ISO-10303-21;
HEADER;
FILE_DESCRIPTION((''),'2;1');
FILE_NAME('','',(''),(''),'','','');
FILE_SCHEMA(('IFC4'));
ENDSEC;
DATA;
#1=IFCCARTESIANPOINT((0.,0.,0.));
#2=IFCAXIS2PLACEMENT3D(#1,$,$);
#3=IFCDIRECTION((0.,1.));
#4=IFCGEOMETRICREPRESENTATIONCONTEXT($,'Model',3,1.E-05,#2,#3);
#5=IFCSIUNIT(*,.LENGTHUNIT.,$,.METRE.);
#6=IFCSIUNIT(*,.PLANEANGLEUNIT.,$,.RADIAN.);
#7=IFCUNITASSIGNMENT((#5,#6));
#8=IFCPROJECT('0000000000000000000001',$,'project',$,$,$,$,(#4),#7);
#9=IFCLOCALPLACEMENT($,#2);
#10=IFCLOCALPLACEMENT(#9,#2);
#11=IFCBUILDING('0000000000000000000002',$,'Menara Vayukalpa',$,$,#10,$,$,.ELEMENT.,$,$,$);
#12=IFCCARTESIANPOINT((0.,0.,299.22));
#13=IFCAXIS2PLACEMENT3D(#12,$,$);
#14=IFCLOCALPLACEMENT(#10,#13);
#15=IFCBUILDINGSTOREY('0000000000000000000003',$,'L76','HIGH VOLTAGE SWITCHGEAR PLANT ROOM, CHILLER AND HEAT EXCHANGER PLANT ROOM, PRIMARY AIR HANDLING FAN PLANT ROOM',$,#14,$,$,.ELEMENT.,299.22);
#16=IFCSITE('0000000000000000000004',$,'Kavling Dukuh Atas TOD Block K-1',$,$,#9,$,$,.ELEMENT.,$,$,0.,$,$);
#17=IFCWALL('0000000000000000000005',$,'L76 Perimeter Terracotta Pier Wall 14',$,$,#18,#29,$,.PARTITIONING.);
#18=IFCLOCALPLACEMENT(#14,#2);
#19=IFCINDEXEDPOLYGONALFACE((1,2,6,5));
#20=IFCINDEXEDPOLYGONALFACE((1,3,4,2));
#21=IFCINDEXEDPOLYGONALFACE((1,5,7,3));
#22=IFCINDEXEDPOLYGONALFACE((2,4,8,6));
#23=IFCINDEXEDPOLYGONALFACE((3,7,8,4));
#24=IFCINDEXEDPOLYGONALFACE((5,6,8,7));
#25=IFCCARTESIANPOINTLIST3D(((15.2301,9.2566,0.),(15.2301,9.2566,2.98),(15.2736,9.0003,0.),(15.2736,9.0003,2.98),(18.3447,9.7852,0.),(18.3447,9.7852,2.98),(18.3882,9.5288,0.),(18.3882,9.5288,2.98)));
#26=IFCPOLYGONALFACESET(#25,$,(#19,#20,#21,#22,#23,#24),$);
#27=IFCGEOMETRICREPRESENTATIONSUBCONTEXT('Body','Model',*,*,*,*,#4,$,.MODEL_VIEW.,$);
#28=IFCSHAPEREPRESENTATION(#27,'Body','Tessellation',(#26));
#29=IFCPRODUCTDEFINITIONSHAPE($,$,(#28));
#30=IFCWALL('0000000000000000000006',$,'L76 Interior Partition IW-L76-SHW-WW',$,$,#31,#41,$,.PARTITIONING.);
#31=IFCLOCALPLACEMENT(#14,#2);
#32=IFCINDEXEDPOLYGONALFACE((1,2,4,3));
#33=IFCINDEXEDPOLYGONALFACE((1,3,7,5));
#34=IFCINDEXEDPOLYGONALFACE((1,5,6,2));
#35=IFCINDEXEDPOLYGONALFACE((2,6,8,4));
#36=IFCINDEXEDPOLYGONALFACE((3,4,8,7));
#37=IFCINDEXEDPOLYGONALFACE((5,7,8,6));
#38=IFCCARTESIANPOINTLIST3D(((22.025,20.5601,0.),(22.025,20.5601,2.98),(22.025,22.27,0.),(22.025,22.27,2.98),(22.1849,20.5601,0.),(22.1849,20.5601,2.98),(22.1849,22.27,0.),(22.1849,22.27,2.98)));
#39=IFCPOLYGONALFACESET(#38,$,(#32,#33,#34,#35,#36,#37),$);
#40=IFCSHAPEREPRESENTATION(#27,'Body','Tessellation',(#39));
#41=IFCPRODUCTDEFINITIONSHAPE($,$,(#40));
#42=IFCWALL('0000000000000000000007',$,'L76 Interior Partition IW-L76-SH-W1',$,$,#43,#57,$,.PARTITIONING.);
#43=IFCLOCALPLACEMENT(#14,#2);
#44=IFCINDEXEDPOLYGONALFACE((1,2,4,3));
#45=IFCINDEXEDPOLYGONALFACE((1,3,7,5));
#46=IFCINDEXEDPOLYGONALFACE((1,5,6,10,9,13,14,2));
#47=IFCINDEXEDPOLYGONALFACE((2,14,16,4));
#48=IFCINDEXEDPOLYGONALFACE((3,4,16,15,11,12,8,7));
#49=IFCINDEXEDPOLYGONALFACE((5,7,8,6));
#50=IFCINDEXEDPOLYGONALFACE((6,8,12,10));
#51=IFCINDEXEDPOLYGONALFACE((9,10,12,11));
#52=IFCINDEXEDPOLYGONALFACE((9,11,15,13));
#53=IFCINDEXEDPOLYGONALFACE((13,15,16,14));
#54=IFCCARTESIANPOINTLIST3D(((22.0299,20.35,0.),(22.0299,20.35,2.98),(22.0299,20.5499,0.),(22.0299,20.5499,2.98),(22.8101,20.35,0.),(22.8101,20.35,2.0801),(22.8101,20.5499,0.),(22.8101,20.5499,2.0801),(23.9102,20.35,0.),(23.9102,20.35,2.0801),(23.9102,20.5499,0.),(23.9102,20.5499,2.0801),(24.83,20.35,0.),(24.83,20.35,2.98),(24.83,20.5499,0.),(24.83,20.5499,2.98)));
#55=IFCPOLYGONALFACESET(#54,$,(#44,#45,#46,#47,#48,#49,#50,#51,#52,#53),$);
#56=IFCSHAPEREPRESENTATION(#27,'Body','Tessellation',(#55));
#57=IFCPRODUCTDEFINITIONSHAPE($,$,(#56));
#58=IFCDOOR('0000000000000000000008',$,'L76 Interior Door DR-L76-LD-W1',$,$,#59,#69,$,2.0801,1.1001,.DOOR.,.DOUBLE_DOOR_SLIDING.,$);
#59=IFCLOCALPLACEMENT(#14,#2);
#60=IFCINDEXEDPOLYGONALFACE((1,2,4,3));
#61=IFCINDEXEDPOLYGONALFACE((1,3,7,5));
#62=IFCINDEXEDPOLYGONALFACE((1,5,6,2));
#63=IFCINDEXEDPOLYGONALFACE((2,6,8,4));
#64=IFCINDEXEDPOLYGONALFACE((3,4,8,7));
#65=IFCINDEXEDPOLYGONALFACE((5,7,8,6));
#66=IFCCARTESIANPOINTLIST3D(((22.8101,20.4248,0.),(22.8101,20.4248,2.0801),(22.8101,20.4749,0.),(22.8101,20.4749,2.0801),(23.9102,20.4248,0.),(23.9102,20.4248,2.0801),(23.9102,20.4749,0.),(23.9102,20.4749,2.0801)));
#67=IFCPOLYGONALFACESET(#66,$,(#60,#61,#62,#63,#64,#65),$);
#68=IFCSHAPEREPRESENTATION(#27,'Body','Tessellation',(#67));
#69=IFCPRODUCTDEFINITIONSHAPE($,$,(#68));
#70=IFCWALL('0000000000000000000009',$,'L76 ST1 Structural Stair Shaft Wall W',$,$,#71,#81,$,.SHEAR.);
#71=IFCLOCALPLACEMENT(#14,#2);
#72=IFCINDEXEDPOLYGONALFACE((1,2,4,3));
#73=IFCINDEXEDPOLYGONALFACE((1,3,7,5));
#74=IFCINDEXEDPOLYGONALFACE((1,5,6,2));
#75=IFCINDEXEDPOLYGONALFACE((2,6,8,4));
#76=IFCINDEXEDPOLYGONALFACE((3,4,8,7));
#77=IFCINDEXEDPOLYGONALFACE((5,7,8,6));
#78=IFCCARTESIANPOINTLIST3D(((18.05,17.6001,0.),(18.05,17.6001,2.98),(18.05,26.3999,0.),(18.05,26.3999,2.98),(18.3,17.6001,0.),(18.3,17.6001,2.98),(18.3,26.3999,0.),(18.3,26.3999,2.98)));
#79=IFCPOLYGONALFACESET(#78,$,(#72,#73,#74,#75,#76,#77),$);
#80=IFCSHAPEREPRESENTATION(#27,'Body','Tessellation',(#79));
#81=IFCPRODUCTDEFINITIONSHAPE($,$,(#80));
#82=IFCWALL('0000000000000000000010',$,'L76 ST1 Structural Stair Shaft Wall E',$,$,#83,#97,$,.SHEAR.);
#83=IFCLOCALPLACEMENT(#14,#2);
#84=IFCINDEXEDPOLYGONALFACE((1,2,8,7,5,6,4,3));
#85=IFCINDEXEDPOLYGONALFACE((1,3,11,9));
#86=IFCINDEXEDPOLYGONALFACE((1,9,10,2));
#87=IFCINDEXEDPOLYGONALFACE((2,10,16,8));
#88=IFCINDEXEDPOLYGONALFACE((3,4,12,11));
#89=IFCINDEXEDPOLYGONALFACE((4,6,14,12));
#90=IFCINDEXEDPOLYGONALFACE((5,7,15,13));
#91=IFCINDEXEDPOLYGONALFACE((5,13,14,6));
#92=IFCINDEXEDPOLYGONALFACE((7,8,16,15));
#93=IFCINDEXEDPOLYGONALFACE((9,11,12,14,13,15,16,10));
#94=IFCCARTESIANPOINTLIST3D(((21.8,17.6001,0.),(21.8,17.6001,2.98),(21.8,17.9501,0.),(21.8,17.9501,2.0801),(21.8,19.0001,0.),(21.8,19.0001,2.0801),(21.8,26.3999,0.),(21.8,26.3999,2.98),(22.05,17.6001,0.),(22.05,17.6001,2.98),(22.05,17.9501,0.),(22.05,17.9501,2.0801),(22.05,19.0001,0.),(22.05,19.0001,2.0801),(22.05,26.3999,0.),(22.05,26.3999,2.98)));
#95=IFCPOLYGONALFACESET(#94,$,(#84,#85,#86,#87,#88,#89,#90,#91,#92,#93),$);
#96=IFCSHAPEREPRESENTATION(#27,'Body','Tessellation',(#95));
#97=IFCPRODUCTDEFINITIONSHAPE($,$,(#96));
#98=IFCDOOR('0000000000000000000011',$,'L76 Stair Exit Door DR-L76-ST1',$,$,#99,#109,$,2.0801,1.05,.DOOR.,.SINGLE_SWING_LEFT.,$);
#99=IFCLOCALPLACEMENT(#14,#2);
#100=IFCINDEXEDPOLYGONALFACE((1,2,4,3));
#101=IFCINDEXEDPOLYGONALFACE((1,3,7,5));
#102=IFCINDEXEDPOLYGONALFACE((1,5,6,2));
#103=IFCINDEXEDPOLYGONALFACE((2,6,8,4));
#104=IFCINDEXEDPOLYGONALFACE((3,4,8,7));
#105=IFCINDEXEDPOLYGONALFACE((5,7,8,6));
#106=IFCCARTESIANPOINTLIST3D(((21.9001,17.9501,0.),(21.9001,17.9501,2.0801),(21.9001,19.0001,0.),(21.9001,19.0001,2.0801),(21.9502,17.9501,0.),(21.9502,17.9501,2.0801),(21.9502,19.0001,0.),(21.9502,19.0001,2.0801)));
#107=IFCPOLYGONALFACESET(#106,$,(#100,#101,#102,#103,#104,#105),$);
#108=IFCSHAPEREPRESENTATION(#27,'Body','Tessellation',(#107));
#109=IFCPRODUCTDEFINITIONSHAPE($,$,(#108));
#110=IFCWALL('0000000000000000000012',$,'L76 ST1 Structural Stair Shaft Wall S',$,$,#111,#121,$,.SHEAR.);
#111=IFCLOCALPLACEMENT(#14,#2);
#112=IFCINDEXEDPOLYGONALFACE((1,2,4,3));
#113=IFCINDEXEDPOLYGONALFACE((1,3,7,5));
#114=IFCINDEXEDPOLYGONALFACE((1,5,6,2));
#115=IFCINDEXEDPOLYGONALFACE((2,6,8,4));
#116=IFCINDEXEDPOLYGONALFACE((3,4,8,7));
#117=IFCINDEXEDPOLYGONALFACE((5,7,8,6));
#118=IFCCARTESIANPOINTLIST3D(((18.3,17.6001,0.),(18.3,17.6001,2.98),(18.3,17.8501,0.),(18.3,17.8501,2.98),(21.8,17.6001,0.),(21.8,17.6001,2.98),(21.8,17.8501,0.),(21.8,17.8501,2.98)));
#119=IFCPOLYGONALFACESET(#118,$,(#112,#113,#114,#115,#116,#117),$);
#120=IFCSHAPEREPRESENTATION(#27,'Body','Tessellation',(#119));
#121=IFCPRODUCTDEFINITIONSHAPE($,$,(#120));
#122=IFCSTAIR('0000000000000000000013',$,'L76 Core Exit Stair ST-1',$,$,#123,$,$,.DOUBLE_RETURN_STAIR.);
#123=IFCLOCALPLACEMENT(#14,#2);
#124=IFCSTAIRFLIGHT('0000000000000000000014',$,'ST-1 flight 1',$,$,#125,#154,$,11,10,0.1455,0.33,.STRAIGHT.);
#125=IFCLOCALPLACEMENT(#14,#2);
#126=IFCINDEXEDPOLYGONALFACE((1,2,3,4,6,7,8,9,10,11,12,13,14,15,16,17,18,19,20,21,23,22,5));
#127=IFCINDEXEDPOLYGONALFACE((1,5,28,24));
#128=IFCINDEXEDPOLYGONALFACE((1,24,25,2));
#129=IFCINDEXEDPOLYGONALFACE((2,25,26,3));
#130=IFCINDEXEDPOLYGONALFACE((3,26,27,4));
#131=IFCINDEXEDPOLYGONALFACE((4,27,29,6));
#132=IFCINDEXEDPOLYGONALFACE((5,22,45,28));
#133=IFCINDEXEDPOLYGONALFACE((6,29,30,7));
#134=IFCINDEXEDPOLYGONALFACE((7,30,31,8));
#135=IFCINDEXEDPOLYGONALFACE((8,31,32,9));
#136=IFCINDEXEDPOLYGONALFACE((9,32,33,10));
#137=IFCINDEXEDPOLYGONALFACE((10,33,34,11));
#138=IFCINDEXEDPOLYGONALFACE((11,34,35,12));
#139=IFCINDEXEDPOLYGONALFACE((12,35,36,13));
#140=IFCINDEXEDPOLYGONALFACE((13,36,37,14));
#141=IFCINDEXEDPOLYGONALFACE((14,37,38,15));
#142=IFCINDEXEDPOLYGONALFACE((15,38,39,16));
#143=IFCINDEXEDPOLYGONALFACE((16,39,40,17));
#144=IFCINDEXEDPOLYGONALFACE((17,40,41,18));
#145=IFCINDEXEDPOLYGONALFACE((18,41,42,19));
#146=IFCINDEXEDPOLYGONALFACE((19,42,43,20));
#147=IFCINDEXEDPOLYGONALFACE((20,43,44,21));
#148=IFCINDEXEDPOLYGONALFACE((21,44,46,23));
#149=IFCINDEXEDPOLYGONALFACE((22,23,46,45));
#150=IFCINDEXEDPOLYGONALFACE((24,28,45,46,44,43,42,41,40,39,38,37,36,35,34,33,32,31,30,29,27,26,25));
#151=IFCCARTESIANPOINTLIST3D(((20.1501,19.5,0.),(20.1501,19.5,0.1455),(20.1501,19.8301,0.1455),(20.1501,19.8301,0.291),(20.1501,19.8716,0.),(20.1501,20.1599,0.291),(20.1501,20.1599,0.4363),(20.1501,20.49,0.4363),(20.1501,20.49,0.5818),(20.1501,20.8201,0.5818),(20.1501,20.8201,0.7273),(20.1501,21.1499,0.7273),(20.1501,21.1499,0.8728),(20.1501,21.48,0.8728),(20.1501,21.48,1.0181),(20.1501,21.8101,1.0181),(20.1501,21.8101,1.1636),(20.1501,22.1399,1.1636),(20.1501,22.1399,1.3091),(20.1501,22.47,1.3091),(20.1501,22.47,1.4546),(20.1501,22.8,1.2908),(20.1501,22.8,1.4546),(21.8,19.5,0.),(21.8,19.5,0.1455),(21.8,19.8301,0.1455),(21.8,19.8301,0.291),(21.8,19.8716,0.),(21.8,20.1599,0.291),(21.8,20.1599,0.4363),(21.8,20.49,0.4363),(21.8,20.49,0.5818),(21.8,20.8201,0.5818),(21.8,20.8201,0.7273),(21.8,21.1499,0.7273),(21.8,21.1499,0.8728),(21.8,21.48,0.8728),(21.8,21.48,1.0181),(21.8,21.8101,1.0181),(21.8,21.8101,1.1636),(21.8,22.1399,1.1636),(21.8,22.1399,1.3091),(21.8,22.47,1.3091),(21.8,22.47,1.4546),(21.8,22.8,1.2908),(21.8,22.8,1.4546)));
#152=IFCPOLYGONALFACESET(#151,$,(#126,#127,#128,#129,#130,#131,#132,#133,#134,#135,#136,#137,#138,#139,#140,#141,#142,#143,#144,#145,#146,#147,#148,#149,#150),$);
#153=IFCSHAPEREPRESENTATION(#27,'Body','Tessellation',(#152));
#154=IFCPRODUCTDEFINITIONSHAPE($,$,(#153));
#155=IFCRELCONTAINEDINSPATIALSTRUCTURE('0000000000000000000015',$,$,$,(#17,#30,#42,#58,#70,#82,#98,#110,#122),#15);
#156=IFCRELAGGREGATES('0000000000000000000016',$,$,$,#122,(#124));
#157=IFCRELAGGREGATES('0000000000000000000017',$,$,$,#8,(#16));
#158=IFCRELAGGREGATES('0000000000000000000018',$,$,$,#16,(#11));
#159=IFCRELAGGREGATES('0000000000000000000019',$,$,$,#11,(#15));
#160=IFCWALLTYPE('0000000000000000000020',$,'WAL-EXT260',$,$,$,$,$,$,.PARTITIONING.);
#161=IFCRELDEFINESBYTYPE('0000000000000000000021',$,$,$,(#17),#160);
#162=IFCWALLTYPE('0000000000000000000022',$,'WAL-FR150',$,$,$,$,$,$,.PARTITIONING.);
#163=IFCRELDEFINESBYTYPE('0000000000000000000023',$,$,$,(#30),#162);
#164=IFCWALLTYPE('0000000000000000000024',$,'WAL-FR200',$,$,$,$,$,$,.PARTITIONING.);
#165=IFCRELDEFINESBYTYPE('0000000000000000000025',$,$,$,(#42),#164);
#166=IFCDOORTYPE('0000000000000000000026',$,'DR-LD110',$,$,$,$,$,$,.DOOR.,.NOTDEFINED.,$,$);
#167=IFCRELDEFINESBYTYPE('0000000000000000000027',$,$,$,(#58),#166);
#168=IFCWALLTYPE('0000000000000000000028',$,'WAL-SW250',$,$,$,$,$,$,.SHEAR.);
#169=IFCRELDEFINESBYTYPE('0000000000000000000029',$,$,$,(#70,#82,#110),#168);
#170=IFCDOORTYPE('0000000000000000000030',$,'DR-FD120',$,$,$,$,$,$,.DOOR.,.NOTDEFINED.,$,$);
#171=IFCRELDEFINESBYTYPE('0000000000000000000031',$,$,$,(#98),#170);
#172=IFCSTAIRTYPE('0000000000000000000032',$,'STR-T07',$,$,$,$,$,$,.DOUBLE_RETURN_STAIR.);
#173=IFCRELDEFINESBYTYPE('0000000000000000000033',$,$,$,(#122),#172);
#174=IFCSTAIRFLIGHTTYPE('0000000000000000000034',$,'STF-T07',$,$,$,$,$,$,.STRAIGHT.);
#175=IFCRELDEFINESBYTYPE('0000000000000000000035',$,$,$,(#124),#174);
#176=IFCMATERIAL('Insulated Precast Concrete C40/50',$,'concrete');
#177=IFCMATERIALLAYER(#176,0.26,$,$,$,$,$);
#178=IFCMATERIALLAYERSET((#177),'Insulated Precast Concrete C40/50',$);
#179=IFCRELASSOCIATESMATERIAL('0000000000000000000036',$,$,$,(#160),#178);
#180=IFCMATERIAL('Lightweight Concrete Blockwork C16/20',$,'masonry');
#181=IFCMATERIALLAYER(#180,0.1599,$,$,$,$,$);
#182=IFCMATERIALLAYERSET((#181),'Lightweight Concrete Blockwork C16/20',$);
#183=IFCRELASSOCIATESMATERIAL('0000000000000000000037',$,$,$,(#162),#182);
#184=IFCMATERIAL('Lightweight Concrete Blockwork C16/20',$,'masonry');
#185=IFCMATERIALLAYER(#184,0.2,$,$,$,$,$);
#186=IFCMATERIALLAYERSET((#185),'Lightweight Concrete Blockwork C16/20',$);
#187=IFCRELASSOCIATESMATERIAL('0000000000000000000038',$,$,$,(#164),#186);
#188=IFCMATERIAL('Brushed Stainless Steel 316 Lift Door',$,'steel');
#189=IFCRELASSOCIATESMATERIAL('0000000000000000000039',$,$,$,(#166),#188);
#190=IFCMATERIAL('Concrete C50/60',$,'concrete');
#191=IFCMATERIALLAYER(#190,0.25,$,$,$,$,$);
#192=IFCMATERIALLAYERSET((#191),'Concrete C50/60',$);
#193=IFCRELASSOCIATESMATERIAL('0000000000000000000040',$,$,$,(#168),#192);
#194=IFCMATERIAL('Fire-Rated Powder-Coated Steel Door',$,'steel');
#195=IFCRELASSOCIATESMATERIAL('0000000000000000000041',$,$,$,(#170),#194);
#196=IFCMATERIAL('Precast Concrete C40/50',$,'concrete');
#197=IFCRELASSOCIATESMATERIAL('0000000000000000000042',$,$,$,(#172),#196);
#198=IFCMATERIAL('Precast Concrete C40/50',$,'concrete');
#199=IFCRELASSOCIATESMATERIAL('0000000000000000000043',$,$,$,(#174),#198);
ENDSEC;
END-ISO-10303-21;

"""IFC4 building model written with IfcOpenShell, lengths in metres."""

from ifc_helpers import new_model, si_unit, direction, frame, frame_2d, origin, place, context, subcontext, project, spatial, polyline, rectangle, outline, extrude, material, layer, layer_set, type_object, element, fill, aggregate, save


model = new_model("IFC4")

# Units and contexts
model_context = context("Model", 3, precision=1e-05, world=origin(), true_north=direction((0.0, 1.0)))
body_context = subcontext(model_context, "Body", "Model", "MODEL_VIEW")
ifc_project = project(units=[si_unit("LENGTHUNIT", "METRE"), si_unit("PLANEANGLEUNIT", "RADIAN")], contexts=[model_context])

# Site, building, storey
site_placement = place(None, origin())
site = spatial("IfcSite", under=ifc_project, at=site_placement, Name="Kavling Dukuh Atas TOD Block K-1", CompositionType="ELEMENT", RefElevation=0.0)
building_placement = place(site_placement, origin())
building = spatial("IfcBuilding", under=site, at=building_placement, Name="Menara Vayukalpa", CompositionType="ELEMENT")
storey_placement = place(building_placement, frame((0.0, 0.0, 299.22)))
storey = spatial("IfcBuildingStorey", under=building, at=storey_placement, Name="L76", Description="HIGH VOLTAGE SWITCHGEAR PLANT ROOM, CHILLER AND HEAT EXCHANGER PLANT ROOM, PRIMARY AIR HANDLING FAN PLANT ROOM", CompositionType="ELEMENT", Elevation=299.22)

# Walls
ifc_material_1 = material(Name="Insulated Precast Concrete C40/50", Category="concrete")
ifc_layer_1 = layer(ifc_material_1, 0.26)
ifc_layer_set_1 = layer_set([ifc_layer_1], Name="Insulated Precast Concrete C40/50")
wall_type_1 = type_object("IfcWallType", Name="WAL-EXT260", PredefinedType="PARTITIONING", material=ifc_layer_set_1)
wall_1_placement = place(storey_placement, frame((18.3665, 9.657, 0.0), z_axis=(0.0, 0.0, 1.0), x_axis=(-0.985905, -0.167306, 0.0)))
element("IfcWall", 1, at=wall_1_placement, inside=storey, type_object=wall_type_1, Name="L76 Perimeter Terracotta Pier Wall 14", PredefinedType="PARTITIONING", context=body_context, shape_type="SweptSolid", body=[
    extrude(rectangle(XDim=3.1592, YDim=0.26, at=frame_2d((1.5796, 0.0))), origin(), (0.0, 0.0, 1.0), 2.98),
])
ifc_material_2 = material(Name="Lightweight Concrete Blockwork C16/20", Category="masonry")
ifc_layer_2 = layer(ifc_material_2, 0.1599)
ifc_layer_set_2 = layer_set([ifc_layer_2], Name="Lightweight Concrete Blockwork C16/20")
wall_type_2 = type_object("IfcWallType", Name="WAL-FR150", PredefinedType="PARTITIONING", material=ifc_layer_set_2)
wall_2_placement = place(storey_placement, frame((22.105, 20.5601, 0.0), z_axis=(0.0, 0.0, 1.0), x_axis=(0.0, 1.0, 0.0)))
element("IfcWall", 2, at=wall_2_placement, inside=storey, type_object=wall_type_2, Name="L76 Interior Partition IW-L76-SHW-WW", PredefinedType="PARTITIONING", context=body_context, shape_type="SweptSolid", body=[
    extrude(rectangle(XDim=1.71, YDim=0.1599, at=frame_2d((0.855, 0.0))), origin(), (0.0, 0.0, 1.0), 2.98),
])

# Wall, opening, door
ifc_material_3 = material(Name="Lightweight Concrete Blockwork C16/20", Category="masonry")
ifc_layer_3 = layer(ifc_material_3, 0.2)
ifc_layer_set_3 = layer_set([ifc_layer_3], Name="Lightweight Concrete Blockwork C16/20")
wall_type_3 = type_object("IfcWallType", Name="WAL-FR200", PredefinedType="PARTITIONING", material=ifc_layer_set_3)
wall_3_placement = place(storey_placement, frame((22.03, 20.45, 0.0), z_axis=(0.0, 0.0, 1.0), x_axis=(1.0, 0.0, 0.0)))
wall_3 = element("IfcWall", 3, at=wall_3_placement, inside=storey, type_object=wall_type_3, Name="L76 Interior Partition IW-L76-SH-W1", PredefinedType="PARTITIONING", context=body_context, shape_type="SweptSolid", body=[
    extrude(rectangle(XDim=2.8, YDim=0.2, at=frame_2d((1.3999, 0.0))), origin(), (0.0, 0.0, 1.0), 2.98),
])
opening_1_placement = place(wall_3_placement, frame((0.78, 0.0, 0.0)))
opening_1 = element("IfcOpeningElement", 4, at=opening_1_placement, cuts=wall_3, PredefinedType="OPENING", context=body_context, shape_type="SweptSolid", body=[
    extrude(rectangle(XDim=1.1001, YDim=2.0801, at=frame_2d((0.55, 1.04))), frame((0.0, 0.1099, 0.0), z_axis=(0.0, -1.0, 0.0), x_axis=(1.0, 0.0, 0.0)), (0.0, 0.0, 1.0), 0.22),
])
ifc_material_4 = material(Name="Brushed Stainless Steel 316 Lift Door", Category="steel")
door_type_1 = type_object("IfcDoorType", Name="DR-LD110", OperationType="NOTDEFINED", PredefinedType="DOOR", material=ifc_material_4)
door_1_placement = place(opening_1_placement, origin())
door_1 = element("IfcDoor", 5, at=door_1_placement, inside=storey, type_object=door_type_1, Name="L76 Interior Door DR-L76-LD-W1", OperationType="DOUBLE_DOOR_SLIDING", OverallHeight=2.0801, OverallWidth=1.1001, PredefinedType="DOOR", context=body_context, shape_type="SweptSolid", body=[
    extrude(rectangle(XDim=1.1001, YDim=2.0801, at=frame_2d((0.55, 1.04))), frame((0.0, 0.0249, 0.0), z_axis=(0.0, -1.0, 0.0), x_axis=(1.0, 0.0, 0.0)), (0.0, 0.0, 1.0), 0.05),
])
fill(opening_1, door_1)

# Wall
ifc_material_5 = material(Name="Concrete C50/60", Category="concrete")
ifc_layer_4 = layer(ifc_material_5, 0.25)
ifc_layer_set_4 = layer_set([ifc_layer_4], Name="Concrete C50/60")
wall_type_4 = type_object("IfcWallType", Name="WAL-SW250", PredefinedType="SHEAR", material=ifc_layer_set_4)
wall_4_placement = place(storey_placement, frame((18.175, 17.6001, 0.0), z_axis=(0.0, 0.0, 1.0), x_axis=(0.0, 1.0, 0.0)))
element("IfcWall", 6, at=wall_4_placement, inside=storey, type_object=wall_type_4, Name="L76 ST1 Structural Stair Shaft Wall W", PredefinedType="SHEAR", context=body_context, shape_type="SweptSolid", body=[
    extrude(rectangle(XDim=8.7998, YDim=0.25, at=frame_2d((4.3999, 0.0))), origin(), (0.0, 0.0, 1.0), 2.98),
])

# Wall, opening, door
wall_5_placement = place(storey_placement, frame((21.925, 17.6001, 0.0), z_axis=(0.0, 0.0, 1.0), x_axis=(0.0, 1.0, 0.0)))
wall_5 = element("IfcWall", 7, at=wall_5_placement, inside=storey, type_object=wall_type_4, Name="L76 ST1 Structural Stair Shaft Wall E", PredefinedType="SHEAR", context=body_context, shape_type="SweptSolid", body=[
    extrude(rectangle(XDim=8.7998, YDim=0.25, at=frame_2d((4.3999, 0.0))), origin(), (0.0, 0.0, 1.0), 2.98),
])
opening_2_placement = place(wall_5_placement, frame((0.3501, 0.0, 0.0)))
opening_2 = element("IfcOpeningElement", 8, at=opening_2_placement, cuts=wall_5, PredefinedType="OPENING", context=body_context, shape_type="SweptSolid", body=[
    extrude(rectangle(XDim=1.05, YDim=2.0801, at=frame_2d((0.5249, 1.04))), frame((0.0, 0.135, 0.0), z_axis=(0.0, -1.0, 0.0), x_axis=(1.0, 0.0, 0.0)), (0.0, 0.0, 1.0), 0.27),
])
ifc_material_6 = material(Name="Fire-Rated Powder-Coated Steel Door", Category="steel")
door_type_2 = type_object("IfcDoorType", Name="DR-FD120", OperationType="NOTDEFINED", PredefinedType="DOOR", material=ifc_material_6)
door_2_placement = place(opening_2_placement, origin())
door_2 = element("IfcDoor", 9, at=door_2_placement, inside=storey, type_object=door_type_2, Name="L76 Stair Exit Door DR-L76-ST1", OperationType="SINGLE_SWING_LEFT", OverallHeight=2.0801, OverallWidth=1.05, PredefinedType="DOOR", context=body_context, shape_type="SweptSolid", body=[
    extrude(rectangle(XDim=1.05, YDim=2.0801, at=frame_2d((0.5249, 1.04))), frame((0.0, 0.0249, 0.0), z_axis=(0.0, -1.0, 0.0), x_axis=(1.0, 0.0, 0.0)), (0.0, 0.0, 1.0), 0.05),
])
fill(opening_2, door_2)

# Wall
wall_6_placement = place(storey_placement, frame((18.3, 17.7251, 0.0), z_axis=(0.0, 0.0, 1.0), x_axis=(1.0, 0.0, 0.0)))
element("IfcWall", 10, at=wall_6_placement, inside=storey, type_object=wall_type_4, Name="L76 ST1 Structural Stair Shaft Wall S", PredefinedType="SHEAR", context=body_context, shape_type="SweptSolid", body=[
    extrude(rectangle(XDim=3.5, YDim=0.25, at=frame_2d((1.75, 0.0))), origin(), (0.0, 0.0, 1.0), 2.98),
])

# Stair, stair flight
ifc_material_7 = material(Name="Precast Concrete C40/50", Category="concrete")
stair_type = type_object("IfcStairType", Name="STR-T07", PredefinedType="DOUBLE_RETURN_STAIR", material=ifc_material_7)
stair_placement = place(storey_placement, origin())
stair = element("IfcStair", 11, at=stair_placement, inside=storey, type_object=stair_type, Name="L76 Core Exit Stair ST-1", PredefinedType="DOUBLE_RETURN_STAIR")
ifc_material_8 = material(Name="Precast Concrete C40/50", Category="concrete")
stair_flight_type = type_object("IfcStairFlightType", Name="STF-T07", PredefinedType="STRAIGHT", material=ifc_material_8)
stair_flight_placement = place(storey_placement, frame((20.9751, 19.5, 0.0), z_axis=(0.0, 0.0, 1.0), x_axis=(0.0, 1.0, 0.0)))
stair_flight = element("IfcStairFlight", 12, at=stair_flight_placement, type_object=stair_flight_type, Name="ST-1 flight 1", NumberOfRisers=11, NumberOfTreads=10, PredefinedType="STRAIGHT", RiserHeight=0.1455, TreadLength=0.33, context=body_context, shape_type="SweptSolid", body=[
    extrude(outline(polyline([(0.0, 0.0), (0.0, 0.1455), (0.3301, 0.1455), (0.3301, 0.291), (0.6599, 0.291), (0.6599, 0.4363), (0.99, 0.4363), (0.99, 0.5818), (1.3201, 0.5818), (1.3201, 0.7273), (1.6499, 0.7273), (1.6499, 0.8728), (1.98, 0.8728), (1.98, 1.0181), (2.3101, 1.0181), (2.3101, 1.1636), (2.6399, 1.1636), (2.6399, 1.3091), (2.97, 1.3091), (2.97, 1.4546), (3.3, 1.4546), (3.3, 1.6001), (3.3, 1.2908), (0.3716, 0.0), (0.0, 0.0)])), frame((0.0, 0.825, 0.0), z_axis=(0.0, -1.0, 0.0), x_axis=(1.0, 0.0, 0.0)), (0.0, 0.0, 1.0), 1.6499),
])
aggregate(stair, [stair_flight])

save(model, "model.ifc")
